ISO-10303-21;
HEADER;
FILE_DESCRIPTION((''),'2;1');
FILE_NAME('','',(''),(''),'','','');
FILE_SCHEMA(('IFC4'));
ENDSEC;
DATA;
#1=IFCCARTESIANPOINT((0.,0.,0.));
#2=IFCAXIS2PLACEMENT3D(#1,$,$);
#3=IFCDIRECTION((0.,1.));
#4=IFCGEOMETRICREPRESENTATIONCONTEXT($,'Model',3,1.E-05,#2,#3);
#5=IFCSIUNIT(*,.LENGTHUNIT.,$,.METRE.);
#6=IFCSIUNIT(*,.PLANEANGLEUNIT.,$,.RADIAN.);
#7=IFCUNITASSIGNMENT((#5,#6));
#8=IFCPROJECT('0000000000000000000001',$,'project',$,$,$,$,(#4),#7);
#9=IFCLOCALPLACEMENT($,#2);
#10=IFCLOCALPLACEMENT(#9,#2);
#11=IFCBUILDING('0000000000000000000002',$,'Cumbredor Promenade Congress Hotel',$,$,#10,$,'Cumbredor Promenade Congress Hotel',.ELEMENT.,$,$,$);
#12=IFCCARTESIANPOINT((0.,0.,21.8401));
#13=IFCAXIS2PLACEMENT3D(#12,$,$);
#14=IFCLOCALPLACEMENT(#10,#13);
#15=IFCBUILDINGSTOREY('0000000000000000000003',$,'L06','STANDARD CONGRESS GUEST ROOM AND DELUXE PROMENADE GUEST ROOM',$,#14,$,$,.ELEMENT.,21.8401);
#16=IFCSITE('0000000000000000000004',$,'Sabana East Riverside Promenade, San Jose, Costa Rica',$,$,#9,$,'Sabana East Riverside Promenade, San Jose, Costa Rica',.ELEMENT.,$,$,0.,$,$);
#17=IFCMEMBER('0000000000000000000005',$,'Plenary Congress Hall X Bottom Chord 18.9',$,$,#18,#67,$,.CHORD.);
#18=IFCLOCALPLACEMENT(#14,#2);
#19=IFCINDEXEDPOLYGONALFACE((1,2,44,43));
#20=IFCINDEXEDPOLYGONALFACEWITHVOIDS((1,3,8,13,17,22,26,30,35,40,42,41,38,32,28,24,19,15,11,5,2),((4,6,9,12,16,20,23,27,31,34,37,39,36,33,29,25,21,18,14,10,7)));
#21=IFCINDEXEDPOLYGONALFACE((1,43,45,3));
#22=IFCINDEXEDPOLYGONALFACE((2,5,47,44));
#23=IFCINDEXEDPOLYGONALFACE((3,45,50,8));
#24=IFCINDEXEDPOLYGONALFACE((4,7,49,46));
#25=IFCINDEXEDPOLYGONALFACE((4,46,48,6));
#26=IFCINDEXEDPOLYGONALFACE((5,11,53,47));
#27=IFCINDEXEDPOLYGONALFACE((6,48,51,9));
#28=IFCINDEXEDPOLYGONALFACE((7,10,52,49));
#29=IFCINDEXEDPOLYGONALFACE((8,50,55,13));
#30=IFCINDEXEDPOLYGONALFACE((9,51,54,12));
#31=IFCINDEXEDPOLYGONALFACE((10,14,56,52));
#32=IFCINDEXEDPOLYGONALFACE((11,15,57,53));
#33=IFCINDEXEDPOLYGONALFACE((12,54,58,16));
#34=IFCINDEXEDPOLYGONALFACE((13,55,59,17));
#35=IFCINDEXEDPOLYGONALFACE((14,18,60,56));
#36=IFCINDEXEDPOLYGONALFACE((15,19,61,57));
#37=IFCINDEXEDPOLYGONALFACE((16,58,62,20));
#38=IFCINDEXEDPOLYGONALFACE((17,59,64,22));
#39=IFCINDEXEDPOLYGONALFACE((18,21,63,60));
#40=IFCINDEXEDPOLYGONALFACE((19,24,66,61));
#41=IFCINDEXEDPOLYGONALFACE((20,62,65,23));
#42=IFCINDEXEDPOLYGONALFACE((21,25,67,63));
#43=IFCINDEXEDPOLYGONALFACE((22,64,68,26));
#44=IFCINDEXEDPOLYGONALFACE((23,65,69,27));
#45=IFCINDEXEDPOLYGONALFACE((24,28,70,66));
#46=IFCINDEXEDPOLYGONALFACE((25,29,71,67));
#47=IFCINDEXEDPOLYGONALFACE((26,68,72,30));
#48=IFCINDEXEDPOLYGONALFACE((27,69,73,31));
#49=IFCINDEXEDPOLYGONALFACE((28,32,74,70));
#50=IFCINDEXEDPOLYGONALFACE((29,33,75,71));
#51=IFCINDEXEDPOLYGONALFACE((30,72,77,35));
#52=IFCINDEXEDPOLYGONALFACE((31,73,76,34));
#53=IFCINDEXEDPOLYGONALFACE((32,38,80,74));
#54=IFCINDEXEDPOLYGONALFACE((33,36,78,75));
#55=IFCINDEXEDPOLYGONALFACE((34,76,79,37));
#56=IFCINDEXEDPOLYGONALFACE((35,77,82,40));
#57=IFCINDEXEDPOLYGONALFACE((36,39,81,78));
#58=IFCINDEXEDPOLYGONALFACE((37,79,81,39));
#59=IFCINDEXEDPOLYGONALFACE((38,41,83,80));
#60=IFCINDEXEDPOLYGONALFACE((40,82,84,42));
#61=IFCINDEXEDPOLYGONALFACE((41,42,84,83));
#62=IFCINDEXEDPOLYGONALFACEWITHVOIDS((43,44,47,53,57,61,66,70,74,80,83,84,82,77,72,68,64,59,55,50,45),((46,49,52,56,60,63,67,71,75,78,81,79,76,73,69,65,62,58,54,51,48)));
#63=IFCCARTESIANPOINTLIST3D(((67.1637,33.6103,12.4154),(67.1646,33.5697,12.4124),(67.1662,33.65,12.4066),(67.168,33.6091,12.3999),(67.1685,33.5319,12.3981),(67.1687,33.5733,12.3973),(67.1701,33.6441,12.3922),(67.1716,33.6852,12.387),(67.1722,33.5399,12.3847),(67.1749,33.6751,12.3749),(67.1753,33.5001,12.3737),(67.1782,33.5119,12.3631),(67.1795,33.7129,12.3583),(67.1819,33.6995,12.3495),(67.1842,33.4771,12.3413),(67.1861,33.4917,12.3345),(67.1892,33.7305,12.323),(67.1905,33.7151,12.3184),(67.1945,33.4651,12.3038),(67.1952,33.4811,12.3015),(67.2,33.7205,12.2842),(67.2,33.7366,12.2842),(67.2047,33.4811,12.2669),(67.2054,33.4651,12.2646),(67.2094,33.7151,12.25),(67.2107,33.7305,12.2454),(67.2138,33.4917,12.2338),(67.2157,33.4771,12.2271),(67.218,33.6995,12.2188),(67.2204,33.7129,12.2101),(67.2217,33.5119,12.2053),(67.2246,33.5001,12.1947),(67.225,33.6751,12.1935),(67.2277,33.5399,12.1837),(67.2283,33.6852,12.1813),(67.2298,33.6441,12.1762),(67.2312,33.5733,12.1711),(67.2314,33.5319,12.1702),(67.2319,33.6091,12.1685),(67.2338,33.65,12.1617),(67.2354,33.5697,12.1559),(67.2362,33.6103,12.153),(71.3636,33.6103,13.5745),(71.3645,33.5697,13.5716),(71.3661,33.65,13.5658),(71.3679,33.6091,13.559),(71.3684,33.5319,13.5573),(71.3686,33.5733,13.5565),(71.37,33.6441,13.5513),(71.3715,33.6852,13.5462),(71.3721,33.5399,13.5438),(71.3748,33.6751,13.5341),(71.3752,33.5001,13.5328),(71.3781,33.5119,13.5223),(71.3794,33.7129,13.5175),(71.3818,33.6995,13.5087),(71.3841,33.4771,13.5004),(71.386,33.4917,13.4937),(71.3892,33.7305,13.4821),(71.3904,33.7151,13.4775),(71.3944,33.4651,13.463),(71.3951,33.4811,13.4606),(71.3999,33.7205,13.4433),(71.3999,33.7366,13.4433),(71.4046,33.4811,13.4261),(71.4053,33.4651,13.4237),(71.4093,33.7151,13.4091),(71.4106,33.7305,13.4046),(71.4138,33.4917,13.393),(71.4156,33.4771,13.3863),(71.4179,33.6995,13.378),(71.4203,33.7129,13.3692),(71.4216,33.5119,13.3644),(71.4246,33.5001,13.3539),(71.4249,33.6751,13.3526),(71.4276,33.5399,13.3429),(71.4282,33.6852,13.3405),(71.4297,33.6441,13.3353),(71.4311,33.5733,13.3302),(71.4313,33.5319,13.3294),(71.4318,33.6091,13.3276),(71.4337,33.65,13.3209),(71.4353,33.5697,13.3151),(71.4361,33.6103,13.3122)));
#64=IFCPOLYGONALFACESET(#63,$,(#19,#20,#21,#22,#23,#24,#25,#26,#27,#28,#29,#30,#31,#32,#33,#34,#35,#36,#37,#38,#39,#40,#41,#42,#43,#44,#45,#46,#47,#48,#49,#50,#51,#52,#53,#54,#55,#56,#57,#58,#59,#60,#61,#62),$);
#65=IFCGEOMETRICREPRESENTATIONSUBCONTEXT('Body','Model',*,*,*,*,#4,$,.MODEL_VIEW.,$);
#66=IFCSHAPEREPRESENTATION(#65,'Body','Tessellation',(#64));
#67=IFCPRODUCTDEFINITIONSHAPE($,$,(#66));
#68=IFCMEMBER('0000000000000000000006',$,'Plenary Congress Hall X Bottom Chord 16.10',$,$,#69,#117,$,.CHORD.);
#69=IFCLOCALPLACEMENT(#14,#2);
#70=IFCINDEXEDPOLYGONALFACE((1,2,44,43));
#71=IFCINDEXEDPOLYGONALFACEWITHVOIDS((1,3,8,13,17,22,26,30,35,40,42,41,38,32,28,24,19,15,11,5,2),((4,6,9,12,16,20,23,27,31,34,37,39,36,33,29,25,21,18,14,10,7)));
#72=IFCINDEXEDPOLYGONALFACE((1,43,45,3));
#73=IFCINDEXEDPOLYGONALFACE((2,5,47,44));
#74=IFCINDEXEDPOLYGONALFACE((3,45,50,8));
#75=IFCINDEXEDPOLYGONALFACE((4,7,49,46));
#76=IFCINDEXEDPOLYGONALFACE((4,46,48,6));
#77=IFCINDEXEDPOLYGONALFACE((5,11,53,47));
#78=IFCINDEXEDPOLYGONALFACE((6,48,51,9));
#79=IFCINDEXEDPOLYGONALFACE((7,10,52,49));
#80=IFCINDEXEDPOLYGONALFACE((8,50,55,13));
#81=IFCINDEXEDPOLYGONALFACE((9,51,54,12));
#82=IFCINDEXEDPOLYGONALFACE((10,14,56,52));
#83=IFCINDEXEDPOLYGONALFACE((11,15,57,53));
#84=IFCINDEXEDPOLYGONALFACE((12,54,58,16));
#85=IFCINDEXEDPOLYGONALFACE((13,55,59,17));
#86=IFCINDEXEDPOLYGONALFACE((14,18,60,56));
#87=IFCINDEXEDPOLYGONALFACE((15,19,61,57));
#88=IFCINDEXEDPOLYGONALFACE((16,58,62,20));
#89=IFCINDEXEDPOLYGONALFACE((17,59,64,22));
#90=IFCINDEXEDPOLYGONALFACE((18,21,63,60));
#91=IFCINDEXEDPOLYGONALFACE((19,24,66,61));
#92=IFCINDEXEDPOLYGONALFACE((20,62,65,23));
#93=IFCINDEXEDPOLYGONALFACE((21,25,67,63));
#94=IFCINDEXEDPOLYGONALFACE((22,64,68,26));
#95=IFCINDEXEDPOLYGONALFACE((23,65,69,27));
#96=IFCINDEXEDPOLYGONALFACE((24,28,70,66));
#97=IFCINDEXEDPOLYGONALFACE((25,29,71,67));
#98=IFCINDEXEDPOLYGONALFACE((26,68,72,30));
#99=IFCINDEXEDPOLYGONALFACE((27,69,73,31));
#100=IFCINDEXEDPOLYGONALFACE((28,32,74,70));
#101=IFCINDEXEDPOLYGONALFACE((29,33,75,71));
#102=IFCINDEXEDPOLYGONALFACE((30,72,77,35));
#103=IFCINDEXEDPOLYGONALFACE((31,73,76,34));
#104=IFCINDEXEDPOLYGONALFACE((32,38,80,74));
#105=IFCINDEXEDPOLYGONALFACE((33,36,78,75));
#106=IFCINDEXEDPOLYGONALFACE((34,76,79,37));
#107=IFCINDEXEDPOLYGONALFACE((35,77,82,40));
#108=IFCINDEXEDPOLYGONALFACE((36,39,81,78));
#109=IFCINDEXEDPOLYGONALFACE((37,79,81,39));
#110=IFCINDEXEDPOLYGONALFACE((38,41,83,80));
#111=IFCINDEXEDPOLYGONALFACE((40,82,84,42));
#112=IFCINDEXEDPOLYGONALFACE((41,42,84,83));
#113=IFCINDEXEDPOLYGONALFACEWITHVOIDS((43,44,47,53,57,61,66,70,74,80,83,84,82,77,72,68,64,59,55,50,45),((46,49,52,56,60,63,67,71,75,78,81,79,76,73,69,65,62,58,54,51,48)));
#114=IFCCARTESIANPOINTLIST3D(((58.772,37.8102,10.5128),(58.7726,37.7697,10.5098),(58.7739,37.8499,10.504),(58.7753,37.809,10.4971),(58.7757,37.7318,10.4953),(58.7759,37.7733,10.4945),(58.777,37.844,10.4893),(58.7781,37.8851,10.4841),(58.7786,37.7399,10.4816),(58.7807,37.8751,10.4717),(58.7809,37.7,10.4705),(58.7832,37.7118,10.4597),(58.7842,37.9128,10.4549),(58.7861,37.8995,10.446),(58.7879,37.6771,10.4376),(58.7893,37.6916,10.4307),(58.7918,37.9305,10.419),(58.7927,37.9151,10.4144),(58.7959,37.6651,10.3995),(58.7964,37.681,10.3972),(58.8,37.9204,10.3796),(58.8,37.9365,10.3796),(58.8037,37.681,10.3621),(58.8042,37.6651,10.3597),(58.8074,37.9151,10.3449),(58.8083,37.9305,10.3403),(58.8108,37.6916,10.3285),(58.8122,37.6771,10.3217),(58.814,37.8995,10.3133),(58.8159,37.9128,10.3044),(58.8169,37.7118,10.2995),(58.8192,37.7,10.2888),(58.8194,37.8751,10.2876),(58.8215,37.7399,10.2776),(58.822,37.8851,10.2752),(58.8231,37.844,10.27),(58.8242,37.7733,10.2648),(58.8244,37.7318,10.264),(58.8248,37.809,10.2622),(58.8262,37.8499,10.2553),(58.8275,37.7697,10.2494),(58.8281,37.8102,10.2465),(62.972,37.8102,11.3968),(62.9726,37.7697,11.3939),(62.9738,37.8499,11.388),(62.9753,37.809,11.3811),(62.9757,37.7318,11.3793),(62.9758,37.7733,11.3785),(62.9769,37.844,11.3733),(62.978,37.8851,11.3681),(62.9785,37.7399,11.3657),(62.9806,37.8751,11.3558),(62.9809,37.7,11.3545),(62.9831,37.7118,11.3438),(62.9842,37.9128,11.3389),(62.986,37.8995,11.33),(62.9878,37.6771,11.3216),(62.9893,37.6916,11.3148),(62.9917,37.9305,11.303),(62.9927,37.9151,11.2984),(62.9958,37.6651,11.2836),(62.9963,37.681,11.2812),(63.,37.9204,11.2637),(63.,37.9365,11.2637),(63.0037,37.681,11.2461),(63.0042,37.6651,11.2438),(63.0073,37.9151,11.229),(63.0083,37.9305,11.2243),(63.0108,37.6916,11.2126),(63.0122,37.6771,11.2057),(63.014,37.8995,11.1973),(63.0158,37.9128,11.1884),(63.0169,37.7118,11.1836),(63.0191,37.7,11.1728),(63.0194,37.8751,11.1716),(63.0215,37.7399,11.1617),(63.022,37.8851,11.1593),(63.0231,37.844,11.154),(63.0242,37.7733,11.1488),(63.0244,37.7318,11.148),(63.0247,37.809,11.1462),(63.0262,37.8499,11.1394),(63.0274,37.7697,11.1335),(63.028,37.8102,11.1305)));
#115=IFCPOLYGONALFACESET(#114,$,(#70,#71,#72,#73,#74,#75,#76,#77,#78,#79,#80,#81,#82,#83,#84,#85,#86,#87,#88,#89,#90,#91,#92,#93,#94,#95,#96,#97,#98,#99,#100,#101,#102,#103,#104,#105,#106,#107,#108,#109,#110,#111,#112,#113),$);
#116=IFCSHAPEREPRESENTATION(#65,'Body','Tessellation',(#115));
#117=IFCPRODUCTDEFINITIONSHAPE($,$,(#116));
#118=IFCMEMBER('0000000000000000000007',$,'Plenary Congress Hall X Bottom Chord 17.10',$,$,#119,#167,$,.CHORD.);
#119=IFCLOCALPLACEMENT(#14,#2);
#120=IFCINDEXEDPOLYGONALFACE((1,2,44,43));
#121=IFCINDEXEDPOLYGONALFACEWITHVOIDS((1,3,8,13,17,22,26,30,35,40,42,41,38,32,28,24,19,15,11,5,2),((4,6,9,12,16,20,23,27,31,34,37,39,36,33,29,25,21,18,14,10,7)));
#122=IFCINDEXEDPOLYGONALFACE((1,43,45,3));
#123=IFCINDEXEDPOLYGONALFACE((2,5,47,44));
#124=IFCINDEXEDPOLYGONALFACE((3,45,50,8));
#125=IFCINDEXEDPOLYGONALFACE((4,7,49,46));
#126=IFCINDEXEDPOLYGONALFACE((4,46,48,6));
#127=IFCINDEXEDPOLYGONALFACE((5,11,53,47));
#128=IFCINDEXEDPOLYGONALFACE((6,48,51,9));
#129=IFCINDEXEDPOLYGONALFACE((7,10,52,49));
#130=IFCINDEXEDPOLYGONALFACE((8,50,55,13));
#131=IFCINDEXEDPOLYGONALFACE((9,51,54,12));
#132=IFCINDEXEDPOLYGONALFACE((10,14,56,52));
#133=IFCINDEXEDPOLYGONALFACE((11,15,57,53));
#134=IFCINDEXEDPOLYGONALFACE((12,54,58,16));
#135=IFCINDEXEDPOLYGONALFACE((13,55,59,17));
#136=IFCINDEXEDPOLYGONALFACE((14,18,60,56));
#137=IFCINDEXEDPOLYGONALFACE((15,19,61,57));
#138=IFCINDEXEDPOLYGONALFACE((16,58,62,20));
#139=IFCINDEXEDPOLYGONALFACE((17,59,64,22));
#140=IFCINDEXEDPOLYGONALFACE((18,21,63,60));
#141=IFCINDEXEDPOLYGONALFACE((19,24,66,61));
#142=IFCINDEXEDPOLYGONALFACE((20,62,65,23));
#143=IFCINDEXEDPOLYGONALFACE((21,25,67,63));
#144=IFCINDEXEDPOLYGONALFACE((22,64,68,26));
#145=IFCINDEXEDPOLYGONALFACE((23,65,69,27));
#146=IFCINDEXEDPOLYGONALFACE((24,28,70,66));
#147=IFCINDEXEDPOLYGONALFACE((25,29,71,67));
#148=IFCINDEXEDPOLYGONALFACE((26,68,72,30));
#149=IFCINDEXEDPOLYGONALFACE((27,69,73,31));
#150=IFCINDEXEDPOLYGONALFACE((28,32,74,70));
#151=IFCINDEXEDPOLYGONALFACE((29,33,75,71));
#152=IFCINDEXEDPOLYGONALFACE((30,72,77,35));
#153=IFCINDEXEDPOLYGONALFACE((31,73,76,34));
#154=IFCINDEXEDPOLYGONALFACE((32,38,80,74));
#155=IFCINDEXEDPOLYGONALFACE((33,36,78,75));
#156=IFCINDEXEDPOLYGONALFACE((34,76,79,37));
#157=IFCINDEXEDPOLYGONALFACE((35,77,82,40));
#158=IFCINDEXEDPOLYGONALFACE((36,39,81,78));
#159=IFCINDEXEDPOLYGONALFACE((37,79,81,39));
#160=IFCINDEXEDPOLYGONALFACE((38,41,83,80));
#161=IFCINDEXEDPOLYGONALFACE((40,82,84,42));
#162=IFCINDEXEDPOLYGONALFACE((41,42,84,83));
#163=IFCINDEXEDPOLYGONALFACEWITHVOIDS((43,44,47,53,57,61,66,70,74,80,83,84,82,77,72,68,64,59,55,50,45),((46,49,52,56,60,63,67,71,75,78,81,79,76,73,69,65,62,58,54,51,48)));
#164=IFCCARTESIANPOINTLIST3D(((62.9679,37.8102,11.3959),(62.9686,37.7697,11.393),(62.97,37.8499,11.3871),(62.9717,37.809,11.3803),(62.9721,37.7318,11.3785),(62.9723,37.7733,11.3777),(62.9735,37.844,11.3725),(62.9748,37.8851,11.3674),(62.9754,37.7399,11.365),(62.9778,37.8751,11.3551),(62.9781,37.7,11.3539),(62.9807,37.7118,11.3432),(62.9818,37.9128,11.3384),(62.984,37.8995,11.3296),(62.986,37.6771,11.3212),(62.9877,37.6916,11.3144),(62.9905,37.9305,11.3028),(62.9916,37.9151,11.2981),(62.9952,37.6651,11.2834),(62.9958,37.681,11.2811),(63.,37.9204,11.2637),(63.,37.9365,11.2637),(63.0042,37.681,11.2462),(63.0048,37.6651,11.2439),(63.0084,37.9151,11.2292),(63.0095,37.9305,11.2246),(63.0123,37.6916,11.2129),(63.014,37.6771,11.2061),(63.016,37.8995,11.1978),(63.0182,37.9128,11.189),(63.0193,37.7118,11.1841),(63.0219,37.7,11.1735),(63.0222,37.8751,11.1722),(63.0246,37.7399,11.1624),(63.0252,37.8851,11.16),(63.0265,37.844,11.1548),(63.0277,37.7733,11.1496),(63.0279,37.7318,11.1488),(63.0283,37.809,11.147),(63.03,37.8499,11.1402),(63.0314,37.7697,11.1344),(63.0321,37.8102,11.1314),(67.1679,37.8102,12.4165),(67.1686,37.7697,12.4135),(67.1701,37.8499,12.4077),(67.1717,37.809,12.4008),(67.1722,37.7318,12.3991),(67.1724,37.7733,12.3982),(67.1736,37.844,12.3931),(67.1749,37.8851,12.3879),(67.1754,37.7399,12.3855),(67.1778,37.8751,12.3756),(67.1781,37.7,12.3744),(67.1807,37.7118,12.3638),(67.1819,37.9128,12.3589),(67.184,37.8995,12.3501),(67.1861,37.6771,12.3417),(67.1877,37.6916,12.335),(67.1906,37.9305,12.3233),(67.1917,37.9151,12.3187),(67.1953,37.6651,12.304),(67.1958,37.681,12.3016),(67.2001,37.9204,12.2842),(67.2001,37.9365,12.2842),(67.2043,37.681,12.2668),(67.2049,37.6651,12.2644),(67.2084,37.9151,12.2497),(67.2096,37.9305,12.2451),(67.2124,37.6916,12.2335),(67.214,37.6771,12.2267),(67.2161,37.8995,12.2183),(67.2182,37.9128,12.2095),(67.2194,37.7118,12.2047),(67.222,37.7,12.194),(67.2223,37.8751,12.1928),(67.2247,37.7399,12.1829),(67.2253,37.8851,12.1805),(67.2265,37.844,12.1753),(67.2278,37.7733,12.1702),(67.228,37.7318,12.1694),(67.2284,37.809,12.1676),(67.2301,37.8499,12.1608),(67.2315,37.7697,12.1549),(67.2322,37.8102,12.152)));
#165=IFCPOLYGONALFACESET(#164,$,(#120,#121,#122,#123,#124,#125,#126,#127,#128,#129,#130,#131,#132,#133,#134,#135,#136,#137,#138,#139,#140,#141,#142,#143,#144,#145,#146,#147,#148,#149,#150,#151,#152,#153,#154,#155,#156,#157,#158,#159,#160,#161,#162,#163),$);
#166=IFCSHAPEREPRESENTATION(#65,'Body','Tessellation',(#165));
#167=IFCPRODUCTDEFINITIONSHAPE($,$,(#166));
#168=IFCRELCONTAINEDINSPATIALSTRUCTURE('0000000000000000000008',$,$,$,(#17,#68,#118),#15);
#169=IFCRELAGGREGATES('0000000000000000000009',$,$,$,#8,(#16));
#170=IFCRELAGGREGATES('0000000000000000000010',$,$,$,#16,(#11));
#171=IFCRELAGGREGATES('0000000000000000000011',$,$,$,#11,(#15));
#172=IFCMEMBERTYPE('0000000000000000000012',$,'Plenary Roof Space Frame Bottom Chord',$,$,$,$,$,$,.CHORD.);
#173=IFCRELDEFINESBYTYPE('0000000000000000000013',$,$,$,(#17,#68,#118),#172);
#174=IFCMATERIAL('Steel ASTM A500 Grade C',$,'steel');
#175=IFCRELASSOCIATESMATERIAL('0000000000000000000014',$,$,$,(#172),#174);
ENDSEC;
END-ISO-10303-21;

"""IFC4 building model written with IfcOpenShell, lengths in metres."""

from ifc_helpers import new_model, si_unit, direction, frame, origin, origin_2d, place, context, subcontext, project, spatial, hollow_circle, extrude, material, material_profile, profile_set, type_object, element, save


model = new_model("IFC4")

# Units and contexts
model_context = context("Model", 3, precision=1e-05, world=origin(), true_north=direction((0.0, 1.0)))
body_context = subcontext(model_context, "Body", "Model", "MODEL_VIEW")
ifc_project = project(units=[si_unit("LENGTHUNIT", "METRE"), si_unit("PLANEANGLEUNIT", "RADIAN")], contexts=[model_context])

# Site, building, storey
site_placement = place(None, origin())
site = spatial("IfcSite", under=ifc_project, at=site_placement, Name="Sabana East Riverside Promenade, San Jose, Costa Rica", LongName="Sabana East Riverside Promenade, San Jose, Costa Rica", CompositionType="ELEMENT", RefElevation=0.0)
building_placement = place(site_placement, origin())
building = spatial("IfcBuilding", under=site, at=building_placement, Name="Cumbredor Promenade Congress Hotel", LongName="Cumbredor Promenade Congress Hotel", CompositionType="ELEMENT")
storey_placement = place(building_placement, frame((0.0, 0.0, 21.8401)))
storey = spatial("IfcBuildingStorey", under=building, at=storey_placement, Name="L06", Description="STANDARD CONGRESS GUEST ROOM AND DELUXE PROMENADE GUEST ROOM", CompositionType="ELEMENT", Elevation=21.8401)

# Members
ifc_material_1 = material(Name="Steel ASTM A500 Grade C", Category="steel")
ifc_material_profile_1 = material_profile(ifc_material_1, hollow_circle(Radius=0.1365, WallThickness=0.0161, at=origin_2d()), Name="CHS 273.0x16")
ifc_profile_set_1 = profile_set([ifc_material_profile_1], Name="Steel ASTM A500 Grade C")
member_type_1 = type_object("IfcMemberType", Name="Plenary Roof Space Frame Bottom Chord", PredefinedType="CHORD", material=ifc_profile_set_1)
member_1_placement = place(storey_placement, frame((67.2, 33.6001, 12.2842), z_axis=(0.963959, 0.0, 0.266051), x_axis=(0.0, 1.0, 0.0)))
element("IfcMember", 1, at=member_1_placement, inside=storey, type_object=member_type_1, Name="Plenary Congress Hall X Bottom Chord 18.9", PredefinedType="CHORD", context=body_context, shape_type="SweptSolid", body=[
    extrude(hollow_circle(Radius=0.1365, WallThickness=0.0161, at=origin_2d()), origin(), (0.0, 0.0, 1.0), 4.3569),
])
member_2_placement = place(storey_placement, frame((58.8, 37.8, 10.3796), z_axis=(0.978558, 0.0, 0.205973), x_axis=(0.0, 1.0, 0.0)))
element("IfcMember", 2, at=member_2_placement, inside=storey, type_object=member_type_1, Name="Plenary Congress Hall X Bottom Chord 16.10", PredefinedType="CHORD", context=body_context, shape_type="SweptSolid", body=[
    extrude(hollow_circle(Radius=0.1365, WallThickness=0.0161, at=origin_2d()), origin(), (0.0, 0.0, 1.0), 4.292),
])
member_3_placement = place(storey_placement, frame((63.0, 37.8, 11.2637), z_axis=(0.971726, 0.0, 0.236111), x_axis=(0.0, 1.0, 0.0)))
element("IfcMember", 3, at=member_3_placement, inside=storey, type_object=member_type_1, Name="Plenary Congress Hall X Bottom Chord 17.10", PredefinedType="CHORD", context=body_context, shape_type="SweptSolid", body=[
    extrude(hollow_circle(Radius=0.1365, WallThickness=0.0161, at=origin_2d()), origin(), (0.0, 0.0, 1.0), 4.3223),
])

save(model, "model.ifc")
